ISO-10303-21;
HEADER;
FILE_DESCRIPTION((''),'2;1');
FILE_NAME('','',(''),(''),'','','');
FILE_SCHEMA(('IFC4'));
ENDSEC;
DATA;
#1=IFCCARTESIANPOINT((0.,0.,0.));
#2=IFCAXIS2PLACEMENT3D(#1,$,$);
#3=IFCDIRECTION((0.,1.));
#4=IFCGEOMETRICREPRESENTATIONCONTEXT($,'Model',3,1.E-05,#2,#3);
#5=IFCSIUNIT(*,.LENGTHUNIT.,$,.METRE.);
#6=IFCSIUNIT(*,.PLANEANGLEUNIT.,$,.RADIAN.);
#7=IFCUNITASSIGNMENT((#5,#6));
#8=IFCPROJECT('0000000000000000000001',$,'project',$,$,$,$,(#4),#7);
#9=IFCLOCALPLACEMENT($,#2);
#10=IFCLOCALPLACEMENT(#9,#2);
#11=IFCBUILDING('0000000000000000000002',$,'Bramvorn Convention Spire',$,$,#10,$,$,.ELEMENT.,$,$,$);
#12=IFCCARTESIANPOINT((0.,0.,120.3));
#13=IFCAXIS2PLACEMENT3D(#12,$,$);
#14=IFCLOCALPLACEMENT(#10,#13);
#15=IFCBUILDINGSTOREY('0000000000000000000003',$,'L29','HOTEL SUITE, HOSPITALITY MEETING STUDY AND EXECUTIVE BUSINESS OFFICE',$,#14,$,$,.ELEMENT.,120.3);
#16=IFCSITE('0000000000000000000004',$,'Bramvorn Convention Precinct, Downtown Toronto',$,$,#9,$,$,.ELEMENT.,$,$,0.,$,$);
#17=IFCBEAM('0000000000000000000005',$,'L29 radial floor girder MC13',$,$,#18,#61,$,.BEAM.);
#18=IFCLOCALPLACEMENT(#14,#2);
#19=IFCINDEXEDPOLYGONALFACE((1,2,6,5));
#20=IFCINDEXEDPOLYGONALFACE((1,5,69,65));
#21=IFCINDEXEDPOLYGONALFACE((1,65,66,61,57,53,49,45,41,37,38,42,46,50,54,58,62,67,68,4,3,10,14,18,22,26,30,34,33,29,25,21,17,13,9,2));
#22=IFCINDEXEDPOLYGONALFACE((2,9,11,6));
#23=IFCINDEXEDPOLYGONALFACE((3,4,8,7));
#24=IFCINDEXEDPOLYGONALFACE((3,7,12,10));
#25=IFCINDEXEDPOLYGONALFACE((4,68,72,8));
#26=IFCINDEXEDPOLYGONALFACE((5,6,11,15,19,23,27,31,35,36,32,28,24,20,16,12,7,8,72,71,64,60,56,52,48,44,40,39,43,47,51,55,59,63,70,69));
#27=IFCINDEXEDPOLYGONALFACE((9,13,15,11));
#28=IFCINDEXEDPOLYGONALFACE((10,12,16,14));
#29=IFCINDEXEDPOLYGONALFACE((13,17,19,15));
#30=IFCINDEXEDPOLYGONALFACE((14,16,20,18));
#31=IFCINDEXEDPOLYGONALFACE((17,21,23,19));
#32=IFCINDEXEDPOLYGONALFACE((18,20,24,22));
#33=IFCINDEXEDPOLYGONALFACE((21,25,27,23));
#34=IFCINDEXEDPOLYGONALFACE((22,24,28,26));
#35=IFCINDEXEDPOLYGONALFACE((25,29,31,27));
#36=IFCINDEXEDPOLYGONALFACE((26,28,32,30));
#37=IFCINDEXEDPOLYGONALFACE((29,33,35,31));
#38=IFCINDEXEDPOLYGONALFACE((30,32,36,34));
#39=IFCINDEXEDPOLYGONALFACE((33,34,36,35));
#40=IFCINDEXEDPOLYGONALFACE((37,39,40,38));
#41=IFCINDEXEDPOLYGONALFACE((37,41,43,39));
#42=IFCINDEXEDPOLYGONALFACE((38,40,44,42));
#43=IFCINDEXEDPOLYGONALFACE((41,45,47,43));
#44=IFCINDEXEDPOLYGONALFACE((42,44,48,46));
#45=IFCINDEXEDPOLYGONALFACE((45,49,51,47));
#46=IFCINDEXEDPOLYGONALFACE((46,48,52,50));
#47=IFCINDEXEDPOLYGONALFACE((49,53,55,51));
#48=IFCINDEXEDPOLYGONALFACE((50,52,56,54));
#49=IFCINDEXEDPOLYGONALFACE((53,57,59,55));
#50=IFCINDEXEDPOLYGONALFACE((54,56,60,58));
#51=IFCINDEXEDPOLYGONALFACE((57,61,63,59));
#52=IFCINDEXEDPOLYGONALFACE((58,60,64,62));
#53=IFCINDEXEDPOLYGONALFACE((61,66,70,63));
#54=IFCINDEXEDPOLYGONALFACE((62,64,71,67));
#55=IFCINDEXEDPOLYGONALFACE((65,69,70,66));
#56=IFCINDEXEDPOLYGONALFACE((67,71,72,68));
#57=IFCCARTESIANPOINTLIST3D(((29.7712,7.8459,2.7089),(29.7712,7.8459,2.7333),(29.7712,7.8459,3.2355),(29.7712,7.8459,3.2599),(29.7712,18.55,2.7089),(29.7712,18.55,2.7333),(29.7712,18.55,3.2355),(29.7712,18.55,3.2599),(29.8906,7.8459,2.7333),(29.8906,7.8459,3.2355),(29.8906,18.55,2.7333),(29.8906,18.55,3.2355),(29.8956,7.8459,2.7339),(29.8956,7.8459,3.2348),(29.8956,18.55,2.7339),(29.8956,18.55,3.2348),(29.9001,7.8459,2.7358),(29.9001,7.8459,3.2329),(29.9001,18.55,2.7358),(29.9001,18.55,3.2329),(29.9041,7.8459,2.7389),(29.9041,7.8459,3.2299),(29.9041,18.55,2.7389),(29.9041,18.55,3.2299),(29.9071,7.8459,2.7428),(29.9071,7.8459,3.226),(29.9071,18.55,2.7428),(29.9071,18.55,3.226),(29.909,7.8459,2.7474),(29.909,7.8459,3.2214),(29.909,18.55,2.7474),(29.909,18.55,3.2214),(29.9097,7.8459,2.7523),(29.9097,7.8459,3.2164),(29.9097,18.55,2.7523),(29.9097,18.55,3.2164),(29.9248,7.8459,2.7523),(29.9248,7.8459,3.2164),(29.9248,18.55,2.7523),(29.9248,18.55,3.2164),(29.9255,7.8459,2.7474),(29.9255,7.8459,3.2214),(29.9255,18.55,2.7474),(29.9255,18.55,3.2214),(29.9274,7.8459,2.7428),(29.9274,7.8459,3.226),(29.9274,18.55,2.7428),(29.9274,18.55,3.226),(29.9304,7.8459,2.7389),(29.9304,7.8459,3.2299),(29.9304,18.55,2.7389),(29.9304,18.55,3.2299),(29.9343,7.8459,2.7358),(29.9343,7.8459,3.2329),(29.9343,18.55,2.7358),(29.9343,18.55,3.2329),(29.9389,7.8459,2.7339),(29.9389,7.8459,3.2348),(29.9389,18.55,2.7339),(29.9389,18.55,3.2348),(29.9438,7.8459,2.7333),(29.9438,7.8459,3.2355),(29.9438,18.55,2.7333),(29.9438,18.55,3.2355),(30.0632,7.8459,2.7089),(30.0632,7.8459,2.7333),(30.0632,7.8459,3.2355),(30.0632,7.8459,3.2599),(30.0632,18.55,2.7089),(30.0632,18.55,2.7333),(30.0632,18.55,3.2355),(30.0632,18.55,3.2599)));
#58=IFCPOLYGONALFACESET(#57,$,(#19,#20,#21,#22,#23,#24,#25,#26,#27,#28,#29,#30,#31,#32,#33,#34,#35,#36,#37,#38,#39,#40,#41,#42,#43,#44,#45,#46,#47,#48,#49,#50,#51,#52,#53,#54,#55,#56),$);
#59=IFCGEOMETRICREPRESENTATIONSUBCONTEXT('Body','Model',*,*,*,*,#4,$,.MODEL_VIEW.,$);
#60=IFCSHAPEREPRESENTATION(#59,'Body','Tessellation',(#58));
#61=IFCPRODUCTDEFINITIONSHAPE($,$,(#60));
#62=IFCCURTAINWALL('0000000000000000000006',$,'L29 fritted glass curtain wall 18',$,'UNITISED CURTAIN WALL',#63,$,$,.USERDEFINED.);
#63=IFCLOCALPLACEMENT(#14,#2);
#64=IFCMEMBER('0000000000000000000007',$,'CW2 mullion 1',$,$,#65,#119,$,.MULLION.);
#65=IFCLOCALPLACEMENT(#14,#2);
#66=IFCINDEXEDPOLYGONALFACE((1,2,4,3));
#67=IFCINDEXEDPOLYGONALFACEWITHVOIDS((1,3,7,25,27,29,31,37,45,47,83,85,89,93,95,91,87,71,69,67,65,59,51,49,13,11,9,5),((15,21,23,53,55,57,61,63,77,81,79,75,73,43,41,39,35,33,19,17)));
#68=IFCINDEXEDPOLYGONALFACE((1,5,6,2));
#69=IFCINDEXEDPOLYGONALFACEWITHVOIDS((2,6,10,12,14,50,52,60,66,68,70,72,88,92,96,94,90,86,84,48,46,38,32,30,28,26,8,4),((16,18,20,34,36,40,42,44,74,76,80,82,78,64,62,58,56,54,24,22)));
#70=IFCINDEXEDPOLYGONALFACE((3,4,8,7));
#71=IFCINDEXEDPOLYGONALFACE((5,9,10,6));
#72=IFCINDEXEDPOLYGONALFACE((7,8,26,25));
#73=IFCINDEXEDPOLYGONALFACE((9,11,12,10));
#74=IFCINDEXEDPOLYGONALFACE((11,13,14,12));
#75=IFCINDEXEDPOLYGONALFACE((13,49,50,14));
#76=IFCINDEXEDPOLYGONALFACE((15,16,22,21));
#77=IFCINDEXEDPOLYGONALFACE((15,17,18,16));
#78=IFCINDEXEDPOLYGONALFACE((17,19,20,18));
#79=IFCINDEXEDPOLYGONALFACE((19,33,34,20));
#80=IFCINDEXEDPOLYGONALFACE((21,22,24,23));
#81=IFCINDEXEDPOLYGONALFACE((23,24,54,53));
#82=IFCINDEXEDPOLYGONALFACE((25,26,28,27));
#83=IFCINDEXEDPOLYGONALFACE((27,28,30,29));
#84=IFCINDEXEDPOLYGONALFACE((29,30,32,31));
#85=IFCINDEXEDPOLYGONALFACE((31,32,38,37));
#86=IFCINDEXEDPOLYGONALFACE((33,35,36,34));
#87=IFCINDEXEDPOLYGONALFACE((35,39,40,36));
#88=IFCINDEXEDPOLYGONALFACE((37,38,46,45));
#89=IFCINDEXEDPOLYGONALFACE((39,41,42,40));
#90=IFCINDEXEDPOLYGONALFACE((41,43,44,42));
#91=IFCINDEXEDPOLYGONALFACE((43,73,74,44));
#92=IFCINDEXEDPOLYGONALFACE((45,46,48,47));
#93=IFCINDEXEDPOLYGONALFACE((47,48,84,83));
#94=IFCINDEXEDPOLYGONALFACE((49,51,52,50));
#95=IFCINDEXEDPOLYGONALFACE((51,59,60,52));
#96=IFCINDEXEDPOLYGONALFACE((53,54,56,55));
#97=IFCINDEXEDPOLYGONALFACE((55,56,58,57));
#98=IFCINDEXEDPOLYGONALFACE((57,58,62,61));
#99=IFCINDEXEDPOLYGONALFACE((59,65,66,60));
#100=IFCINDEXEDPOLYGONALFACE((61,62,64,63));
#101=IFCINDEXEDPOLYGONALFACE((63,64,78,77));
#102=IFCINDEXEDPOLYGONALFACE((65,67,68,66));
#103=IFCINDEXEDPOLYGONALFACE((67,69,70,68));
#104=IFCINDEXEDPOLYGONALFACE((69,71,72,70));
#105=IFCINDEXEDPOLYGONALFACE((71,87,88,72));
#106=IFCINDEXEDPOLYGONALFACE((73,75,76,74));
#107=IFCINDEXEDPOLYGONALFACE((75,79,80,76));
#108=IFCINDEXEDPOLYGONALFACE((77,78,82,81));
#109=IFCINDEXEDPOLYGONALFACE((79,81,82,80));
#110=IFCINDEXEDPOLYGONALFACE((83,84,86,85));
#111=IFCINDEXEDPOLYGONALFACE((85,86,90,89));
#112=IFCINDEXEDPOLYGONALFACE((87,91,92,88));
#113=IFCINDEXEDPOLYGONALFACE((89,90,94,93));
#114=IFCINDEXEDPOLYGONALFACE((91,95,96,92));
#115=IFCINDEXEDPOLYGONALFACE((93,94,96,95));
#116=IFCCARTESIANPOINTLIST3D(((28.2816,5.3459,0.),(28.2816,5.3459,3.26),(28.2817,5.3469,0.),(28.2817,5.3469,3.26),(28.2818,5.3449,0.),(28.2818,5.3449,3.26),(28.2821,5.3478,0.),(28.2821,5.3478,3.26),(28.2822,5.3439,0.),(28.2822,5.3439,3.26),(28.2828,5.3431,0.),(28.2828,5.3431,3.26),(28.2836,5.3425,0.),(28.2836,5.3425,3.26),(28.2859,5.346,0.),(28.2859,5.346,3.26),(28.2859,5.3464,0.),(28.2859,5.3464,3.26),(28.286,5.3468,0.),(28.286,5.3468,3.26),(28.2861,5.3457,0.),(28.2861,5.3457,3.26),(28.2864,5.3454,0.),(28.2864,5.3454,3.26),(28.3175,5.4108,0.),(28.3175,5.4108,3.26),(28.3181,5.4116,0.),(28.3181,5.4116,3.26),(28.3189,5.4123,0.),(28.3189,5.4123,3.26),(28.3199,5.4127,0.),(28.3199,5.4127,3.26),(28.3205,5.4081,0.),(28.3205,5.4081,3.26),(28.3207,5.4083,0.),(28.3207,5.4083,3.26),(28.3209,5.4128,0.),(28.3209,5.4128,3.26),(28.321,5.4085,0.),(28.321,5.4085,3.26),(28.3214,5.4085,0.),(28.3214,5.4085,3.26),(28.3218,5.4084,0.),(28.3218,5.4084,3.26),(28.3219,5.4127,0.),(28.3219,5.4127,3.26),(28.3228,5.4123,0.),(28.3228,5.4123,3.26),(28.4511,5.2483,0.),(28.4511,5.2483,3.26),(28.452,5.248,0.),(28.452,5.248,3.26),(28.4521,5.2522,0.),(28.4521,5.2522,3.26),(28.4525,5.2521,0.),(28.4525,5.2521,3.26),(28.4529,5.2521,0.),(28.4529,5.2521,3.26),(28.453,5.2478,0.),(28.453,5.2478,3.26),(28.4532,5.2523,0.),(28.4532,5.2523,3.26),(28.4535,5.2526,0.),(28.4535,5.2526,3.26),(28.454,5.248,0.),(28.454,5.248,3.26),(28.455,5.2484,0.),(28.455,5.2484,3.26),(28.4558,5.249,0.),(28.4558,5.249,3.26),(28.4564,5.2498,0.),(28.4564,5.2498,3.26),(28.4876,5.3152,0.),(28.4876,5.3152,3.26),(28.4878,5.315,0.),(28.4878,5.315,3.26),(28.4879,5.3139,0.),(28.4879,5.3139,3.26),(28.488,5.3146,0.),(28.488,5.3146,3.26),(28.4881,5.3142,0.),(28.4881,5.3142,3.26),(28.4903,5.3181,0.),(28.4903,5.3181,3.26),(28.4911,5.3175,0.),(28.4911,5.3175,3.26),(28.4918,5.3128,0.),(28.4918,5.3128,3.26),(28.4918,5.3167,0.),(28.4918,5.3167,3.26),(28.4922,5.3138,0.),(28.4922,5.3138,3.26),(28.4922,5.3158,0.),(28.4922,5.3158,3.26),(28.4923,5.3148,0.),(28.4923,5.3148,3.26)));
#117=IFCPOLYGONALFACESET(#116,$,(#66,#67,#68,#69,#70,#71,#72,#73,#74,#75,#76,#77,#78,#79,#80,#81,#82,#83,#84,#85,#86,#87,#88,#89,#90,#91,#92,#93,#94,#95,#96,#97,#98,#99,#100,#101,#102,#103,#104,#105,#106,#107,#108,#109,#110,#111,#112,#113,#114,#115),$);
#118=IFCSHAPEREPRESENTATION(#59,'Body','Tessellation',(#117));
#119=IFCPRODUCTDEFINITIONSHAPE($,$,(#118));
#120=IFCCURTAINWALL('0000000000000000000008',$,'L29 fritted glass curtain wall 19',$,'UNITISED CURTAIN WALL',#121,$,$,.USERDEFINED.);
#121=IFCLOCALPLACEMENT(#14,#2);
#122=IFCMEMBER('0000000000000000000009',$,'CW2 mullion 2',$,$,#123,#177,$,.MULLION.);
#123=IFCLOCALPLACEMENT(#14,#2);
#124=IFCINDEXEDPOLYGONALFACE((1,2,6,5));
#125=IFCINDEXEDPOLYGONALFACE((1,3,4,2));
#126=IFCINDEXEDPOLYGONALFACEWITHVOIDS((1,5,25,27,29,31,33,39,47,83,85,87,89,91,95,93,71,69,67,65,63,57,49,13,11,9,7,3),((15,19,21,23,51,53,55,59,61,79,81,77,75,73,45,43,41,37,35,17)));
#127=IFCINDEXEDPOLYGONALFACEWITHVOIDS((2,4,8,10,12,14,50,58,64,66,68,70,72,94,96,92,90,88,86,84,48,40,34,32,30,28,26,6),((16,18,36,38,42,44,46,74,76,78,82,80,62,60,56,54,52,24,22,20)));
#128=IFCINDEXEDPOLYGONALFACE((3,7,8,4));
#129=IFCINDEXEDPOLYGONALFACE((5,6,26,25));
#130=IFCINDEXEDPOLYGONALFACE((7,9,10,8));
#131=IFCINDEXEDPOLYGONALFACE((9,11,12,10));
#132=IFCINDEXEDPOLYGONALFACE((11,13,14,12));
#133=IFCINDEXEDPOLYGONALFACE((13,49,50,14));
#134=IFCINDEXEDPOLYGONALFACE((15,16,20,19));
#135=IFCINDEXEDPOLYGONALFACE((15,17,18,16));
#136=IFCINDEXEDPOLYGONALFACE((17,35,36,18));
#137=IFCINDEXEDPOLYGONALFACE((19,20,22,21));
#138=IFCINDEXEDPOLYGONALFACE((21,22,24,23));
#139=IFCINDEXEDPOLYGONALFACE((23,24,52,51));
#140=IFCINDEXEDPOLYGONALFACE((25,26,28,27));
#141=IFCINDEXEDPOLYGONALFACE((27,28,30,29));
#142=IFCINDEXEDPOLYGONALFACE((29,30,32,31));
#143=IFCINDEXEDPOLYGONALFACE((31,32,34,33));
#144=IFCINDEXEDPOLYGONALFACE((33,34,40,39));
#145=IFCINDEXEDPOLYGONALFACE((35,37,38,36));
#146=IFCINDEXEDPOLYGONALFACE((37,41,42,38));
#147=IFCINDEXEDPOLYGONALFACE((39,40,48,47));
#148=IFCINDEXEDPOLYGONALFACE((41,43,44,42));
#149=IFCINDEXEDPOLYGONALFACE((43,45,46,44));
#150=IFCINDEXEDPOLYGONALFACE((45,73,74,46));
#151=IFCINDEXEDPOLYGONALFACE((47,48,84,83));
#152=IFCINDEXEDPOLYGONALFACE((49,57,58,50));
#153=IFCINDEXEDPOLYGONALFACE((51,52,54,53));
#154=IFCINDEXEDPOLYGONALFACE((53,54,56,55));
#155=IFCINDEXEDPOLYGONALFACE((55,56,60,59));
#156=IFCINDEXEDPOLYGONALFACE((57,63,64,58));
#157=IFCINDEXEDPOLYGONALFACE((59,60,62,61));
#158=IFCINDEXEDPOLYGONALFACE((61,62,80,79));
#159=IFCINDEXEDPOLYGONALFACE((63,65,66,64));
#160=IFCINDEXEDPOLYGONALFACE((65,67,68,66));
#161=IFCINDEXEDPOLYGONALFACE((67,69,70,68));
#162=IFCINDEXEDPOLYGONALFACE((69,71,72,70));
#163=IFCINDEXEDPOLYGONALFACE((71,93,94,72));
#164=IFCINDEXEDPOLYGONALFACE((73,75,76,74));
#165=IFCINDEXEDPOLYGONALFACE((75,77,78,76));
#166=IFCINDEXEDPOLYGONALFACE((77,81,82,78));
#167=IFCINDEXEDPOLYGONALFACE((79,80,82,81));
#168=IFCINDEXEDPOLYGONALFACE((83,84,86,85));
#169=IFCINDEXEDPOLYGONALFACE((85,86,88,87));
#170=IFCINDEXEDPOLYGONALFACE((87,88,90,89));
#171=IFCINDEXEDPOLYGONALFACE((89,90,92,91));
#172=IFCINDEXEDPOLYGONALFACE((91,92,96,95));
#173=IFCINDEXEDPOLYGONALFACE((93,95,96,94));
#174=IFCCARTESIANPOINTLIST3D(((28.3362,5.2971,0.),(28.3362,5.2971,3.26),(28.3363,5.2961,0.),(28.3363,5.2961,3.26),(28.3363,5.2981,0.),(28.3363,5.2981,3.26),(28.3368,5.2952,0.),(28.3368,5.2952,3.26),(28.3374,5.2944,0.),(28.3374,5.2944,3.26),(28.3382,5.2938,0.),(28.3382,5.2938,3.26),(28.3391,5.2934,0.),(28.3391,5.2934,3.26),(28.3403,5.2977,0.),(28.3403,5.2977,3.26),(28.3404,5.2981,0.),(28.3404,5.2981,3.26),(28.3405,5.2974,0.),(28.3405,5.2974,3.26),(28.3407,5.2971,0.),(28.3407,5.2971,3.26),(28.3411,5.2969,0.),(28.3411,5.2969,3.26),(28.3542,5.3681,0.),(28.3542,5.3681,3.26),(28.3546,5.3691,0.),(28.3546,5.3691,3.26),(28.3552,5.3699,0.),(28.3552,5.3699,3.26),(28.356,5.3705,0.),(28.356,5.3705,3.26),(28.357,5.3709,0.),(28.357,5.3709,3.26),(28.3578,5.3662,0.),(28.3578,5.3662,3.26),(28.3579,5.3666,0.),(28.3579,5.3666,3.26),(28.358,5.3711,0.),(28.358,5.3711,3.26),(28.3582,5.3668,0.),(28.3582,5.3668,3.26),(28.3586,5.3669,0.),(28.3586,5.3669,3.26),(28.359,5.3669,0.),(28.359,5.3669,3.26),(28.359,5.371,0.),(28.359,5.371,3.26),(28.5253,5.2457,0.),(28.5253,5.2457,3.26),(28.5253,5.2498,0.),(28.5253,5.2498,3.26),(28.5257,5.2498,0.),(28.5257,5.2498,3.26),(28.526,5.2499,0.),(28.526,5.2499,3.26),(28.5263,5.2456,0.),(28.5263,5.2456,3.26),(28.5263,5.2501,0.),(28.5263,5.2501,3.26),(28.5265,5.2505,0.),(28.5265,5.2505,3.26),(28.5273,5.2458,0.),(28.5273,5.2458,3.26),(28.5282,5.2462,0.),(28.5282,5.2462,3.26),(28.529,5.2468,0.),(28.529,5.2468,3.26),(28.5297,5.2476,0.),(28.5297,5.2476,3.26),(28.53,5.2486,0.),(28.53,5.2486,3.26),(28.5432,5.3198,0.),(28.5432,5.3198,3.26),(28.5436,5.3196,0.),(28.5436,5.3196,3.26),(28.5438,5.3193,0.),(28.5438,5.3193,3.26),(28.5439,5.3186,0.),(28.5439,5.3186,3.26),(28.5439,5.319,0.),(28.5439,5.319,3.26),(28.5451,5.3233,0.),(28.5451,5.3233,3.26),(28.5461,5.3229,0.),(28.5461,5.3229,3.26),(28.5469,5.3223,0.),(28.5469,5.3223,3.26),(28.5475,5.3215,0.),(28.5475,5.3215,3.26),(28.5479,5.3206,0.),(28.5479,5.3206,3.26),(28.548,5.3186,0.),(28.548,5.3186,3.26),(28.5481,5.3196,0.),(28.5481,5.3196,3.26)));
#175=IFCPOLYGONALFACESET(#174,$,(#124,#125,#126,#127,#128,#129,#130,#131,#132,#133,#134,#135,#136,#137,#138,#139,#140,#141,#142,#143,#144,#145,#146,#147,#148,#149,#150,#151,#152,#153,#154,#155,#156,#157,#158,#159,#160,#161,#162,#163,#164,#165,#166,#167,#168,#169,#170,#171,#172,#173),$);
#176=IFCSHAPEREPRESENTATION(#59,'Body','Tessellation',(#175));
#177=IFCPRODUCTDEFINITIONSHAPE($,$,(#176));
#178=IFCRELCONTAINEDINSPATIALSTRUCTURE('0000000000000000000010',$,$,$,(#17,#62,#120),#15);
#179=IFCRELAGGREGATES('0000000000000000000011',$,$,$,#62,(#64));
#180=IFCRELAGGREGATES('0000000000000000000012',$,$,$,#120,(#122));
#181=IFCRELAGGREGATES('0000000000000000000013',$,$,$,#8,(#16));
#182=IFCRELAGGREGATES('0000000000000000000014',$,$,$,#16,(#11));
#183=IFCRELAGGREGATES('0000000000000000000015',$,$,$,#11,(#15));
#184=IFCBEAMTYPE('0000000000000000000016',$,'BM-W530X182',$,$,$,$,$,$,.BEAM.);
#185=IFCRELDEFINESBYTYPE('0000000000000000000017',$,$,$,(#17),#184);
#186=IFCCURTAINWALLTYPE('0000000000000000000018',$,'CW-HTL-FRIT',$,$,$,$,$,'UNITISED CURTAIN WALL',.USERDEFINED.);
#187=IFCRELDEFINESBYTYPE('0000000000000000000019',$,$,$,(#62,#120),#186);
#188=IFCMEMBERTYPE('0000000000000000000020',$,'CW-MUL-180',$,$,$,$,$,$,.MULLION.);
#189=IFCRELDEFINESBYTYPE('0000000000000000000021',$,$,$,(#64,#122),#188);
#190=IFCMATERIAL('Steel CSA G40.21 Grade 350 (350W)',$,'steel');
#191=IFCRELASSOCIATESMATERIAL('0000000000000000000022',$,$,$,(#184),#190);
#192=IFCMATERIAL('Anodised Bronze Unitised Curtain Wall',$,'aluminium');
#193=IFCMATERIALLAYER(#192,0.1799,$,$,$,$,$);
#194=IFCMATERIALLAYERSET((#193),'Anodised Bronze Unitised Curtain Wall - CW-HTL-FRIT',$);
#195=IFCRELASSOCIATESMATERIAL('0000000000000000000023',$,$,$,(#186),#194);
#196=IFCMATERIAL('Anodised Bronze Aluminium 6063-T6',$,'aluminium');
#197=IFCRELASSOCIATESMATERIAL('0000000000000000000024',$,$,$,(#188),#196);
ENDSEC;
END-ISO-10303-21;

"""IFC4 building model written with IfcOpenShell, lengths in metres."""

from ifc_helpers import new_model, si_unit, direction, frame, origin, origin_2d, place, context, subcontext, project, spatial, hollow_rectangle, i_section, extrude, material, layer, layer_set, material_profile, profile_set, type_object, element, aggregate, save


model = new_model("IFC4")

# Units and contexts
model_context = context("Model", 3, precision=1e-05, world=origin(), true_north=direction((0.0, 1.0)))
body_context = subcontext(model_context, "Body", "Model", "MODEL_VIEW")
ifc_project = project(units=[si_unit("LENGTHUNIT", "METRE"), si_unit("PLANEANGLEUNIT", "RADIAN")], contexts=[model_context])

# Site, building, storey
site_placement = place(None, origin())
site = spatial("IfcSite", under=ifc_project, at=site_placement, Name="Bramvorn Convention Precinct, Downtown Toronto", CompositionType="ELEMENT", RefElevation=0.0)
building_placement = place(site_placement, origin())
building = spatial("IfcBuilding", under=site, at=building_placement, Name="Bramvorn Convention Spire", CompositionType="ELEMENT")
storey_placement = place(building_placement, frame((0.0, 0.0, 120.3)))
storey = spatial("IfcBuildingStorey", under=building, at=storey_placement, Name="L29", Description="HOTEL SUITE, HOSPITALITY MEETING STUDY AND EXECUTIVE BUSINESS OFFICE", CompositionType="ELEMENT", Elevation=120.3)

# Shared definitions
ifc_material_1 = material(Name="Steel CSA G40.21 Grade 350 (350W)", Category="steel")

# Beam
ifc_material_profile_1 = material_profile(ifc_material_1, i_section(OverallWidth=0.292, OverallDepth=0.551, WebThickness=0.0151, FlangeThickness=0.0244, FilletRadius=0.019, at=origin_2d()))
ifc_profile_set_1 = profile_set([ifc_material_profile_1], Name="Steel CSA G40.21 Grade 350 (350W) - W530X182")
beam_type_1 = type_object("IfcBeamType", Name="BM-W530X182", PredefinedType="BEAM", material=ifc_profile_set_1)
beam_1_placement = place(storey_placement, frame((29.9172, 18.55, 2.9844), z_axis=(0.0, -1.0, 0.0), x_axis=(1.0, 0.0, 0.0)))
element("IfcBeam", 1, at=beam_1_placement, inside=storey, type_object=beam_type_1, Name="L29 radial floor girder MC13", PredefinedType="BEAM", context=body_context, shape_type="SweptSolid", body=[
    extrude(i_section(OverallWidth=0.292, OverallDepth=0.551, WebThickness=0.0151, FlangeThickness=0.0244, FilletRadius=0.019, at=origin_2d()), origin(), (0.0, 0.0, 1.0), 10.7041),
])

# Curtain walls, members
ifc_material_2 = material(Name="Anodised Bronze Unitised Curtain Wall", Category="aluminium")
ifc_layer_1 = layer(ifc_material_2, 0.1799)
ifc_layer_set_1 = layer_set([ifc_layer_1], Name="Anodised Bronze Unitised Curtain Wall - CW-HTL-FRIT")
curtain_wall_type = type_object("IfcCurtainWallType", Name="CW-HTL-FRIT", ElementType="UNITISED CURTAIN WALL", PredefinedType="USERDEFINED", material=ifc_layer_set_1)
curtain_wall_1_placement = place(storey_placement, origin())
curtain_wall_1 = element("IfcCurtainWall", 2, at=curtain_wall_1_placement, inside=storey, type_object=curtain_wall_type, Name="L29 fritted glass curtain wall 18", ObjectType="UNITISED CURTAIN WALL", PredefinedType="USERDEFINED")
ifc_material_3 = material(Name="Anodised Bronze Aluminium 6063-T6", Category="aluminium")
ifc_material_profile_2 = material_profile(ifc_material_3, hollow_rectangle(XDim=0.0801, YDim=0.2, WallThickness=0.0039, InnerFilletRadius=0.001, OuterFilletRadius=0.0039, at=origin_2d()))
ifc_profile_set_2 = profile_set([ifc_material_profile_2], Name="Anodised Bronze Aluminium 6063-T6 - CWM80X200")
member_type_1 = type_object("IfcMemberType", Name="CW-MUL-180", PredefinedType="MULLION", material=ifc_profile_set_2)
member_1_placement = place(storey_placement, frame((28.387, 5.3303, 0.0), z_axis=(0.0, 0.0, 1.0), x_axis=(-0.490107, -0.871662, 0.0)))
member_1 = element("IfcMember", 3, at=member_1_placement, type_object=member_type_1, Name="CW2 mullion 1", PredefinedType="MULLION", context=body_context, shape_type="SweptSolid", body=[
    extrude(hollow_rectangle(XDim=0.0801, YDim=0.2, WallThickness=0.0039, InnerFilletRadius=0.001, OuterFilletRadius=0.0039, at=origin_2d()), origin(), (0.0, 0.0, 1.0), 3.26),
])
curtain_wall_2_placement = place(storey_placement, origin())
curtain_wall_2 = element("IfcCurtainWall", 4, at=curtain_wall_2_placement, inside=storey, type_object=curtain_wall_type, Name="L29 fritted glass curtain wall 19", ObjectType="UNITISED CURTAIN WALL", PredefinedType="USERDEFINED")
member_2_placement = place(storey_placement, frame((28.4421, 5.3083, 0.0), z_axis=(0.0, 0.0, 1.0), x_axis=(-0.247879, -0.968791, 0.0)))
member_2 = element("IfcMember", 5, at=member_2_placement, type_object=member_type_1, Name="CW2 mullion 2", PredefinedType="MULLION", context=body_context, shape_type="SweptSolid", body=[
    extrude(hollow_rectangle(XDim=0.0801, YDim=0.2, WallThickness=0.0039, InnerFilletRadius=0.001, OuterFilletRadius=0.0039, at=origin_2d()), origin(), (0.0, 0.0, 1.0), 3.26),
])

aggregate(curtain_wall_1, [member_1])

aggregate(curtain_wall_2, [member_2])

save(model, "model.ifc")
